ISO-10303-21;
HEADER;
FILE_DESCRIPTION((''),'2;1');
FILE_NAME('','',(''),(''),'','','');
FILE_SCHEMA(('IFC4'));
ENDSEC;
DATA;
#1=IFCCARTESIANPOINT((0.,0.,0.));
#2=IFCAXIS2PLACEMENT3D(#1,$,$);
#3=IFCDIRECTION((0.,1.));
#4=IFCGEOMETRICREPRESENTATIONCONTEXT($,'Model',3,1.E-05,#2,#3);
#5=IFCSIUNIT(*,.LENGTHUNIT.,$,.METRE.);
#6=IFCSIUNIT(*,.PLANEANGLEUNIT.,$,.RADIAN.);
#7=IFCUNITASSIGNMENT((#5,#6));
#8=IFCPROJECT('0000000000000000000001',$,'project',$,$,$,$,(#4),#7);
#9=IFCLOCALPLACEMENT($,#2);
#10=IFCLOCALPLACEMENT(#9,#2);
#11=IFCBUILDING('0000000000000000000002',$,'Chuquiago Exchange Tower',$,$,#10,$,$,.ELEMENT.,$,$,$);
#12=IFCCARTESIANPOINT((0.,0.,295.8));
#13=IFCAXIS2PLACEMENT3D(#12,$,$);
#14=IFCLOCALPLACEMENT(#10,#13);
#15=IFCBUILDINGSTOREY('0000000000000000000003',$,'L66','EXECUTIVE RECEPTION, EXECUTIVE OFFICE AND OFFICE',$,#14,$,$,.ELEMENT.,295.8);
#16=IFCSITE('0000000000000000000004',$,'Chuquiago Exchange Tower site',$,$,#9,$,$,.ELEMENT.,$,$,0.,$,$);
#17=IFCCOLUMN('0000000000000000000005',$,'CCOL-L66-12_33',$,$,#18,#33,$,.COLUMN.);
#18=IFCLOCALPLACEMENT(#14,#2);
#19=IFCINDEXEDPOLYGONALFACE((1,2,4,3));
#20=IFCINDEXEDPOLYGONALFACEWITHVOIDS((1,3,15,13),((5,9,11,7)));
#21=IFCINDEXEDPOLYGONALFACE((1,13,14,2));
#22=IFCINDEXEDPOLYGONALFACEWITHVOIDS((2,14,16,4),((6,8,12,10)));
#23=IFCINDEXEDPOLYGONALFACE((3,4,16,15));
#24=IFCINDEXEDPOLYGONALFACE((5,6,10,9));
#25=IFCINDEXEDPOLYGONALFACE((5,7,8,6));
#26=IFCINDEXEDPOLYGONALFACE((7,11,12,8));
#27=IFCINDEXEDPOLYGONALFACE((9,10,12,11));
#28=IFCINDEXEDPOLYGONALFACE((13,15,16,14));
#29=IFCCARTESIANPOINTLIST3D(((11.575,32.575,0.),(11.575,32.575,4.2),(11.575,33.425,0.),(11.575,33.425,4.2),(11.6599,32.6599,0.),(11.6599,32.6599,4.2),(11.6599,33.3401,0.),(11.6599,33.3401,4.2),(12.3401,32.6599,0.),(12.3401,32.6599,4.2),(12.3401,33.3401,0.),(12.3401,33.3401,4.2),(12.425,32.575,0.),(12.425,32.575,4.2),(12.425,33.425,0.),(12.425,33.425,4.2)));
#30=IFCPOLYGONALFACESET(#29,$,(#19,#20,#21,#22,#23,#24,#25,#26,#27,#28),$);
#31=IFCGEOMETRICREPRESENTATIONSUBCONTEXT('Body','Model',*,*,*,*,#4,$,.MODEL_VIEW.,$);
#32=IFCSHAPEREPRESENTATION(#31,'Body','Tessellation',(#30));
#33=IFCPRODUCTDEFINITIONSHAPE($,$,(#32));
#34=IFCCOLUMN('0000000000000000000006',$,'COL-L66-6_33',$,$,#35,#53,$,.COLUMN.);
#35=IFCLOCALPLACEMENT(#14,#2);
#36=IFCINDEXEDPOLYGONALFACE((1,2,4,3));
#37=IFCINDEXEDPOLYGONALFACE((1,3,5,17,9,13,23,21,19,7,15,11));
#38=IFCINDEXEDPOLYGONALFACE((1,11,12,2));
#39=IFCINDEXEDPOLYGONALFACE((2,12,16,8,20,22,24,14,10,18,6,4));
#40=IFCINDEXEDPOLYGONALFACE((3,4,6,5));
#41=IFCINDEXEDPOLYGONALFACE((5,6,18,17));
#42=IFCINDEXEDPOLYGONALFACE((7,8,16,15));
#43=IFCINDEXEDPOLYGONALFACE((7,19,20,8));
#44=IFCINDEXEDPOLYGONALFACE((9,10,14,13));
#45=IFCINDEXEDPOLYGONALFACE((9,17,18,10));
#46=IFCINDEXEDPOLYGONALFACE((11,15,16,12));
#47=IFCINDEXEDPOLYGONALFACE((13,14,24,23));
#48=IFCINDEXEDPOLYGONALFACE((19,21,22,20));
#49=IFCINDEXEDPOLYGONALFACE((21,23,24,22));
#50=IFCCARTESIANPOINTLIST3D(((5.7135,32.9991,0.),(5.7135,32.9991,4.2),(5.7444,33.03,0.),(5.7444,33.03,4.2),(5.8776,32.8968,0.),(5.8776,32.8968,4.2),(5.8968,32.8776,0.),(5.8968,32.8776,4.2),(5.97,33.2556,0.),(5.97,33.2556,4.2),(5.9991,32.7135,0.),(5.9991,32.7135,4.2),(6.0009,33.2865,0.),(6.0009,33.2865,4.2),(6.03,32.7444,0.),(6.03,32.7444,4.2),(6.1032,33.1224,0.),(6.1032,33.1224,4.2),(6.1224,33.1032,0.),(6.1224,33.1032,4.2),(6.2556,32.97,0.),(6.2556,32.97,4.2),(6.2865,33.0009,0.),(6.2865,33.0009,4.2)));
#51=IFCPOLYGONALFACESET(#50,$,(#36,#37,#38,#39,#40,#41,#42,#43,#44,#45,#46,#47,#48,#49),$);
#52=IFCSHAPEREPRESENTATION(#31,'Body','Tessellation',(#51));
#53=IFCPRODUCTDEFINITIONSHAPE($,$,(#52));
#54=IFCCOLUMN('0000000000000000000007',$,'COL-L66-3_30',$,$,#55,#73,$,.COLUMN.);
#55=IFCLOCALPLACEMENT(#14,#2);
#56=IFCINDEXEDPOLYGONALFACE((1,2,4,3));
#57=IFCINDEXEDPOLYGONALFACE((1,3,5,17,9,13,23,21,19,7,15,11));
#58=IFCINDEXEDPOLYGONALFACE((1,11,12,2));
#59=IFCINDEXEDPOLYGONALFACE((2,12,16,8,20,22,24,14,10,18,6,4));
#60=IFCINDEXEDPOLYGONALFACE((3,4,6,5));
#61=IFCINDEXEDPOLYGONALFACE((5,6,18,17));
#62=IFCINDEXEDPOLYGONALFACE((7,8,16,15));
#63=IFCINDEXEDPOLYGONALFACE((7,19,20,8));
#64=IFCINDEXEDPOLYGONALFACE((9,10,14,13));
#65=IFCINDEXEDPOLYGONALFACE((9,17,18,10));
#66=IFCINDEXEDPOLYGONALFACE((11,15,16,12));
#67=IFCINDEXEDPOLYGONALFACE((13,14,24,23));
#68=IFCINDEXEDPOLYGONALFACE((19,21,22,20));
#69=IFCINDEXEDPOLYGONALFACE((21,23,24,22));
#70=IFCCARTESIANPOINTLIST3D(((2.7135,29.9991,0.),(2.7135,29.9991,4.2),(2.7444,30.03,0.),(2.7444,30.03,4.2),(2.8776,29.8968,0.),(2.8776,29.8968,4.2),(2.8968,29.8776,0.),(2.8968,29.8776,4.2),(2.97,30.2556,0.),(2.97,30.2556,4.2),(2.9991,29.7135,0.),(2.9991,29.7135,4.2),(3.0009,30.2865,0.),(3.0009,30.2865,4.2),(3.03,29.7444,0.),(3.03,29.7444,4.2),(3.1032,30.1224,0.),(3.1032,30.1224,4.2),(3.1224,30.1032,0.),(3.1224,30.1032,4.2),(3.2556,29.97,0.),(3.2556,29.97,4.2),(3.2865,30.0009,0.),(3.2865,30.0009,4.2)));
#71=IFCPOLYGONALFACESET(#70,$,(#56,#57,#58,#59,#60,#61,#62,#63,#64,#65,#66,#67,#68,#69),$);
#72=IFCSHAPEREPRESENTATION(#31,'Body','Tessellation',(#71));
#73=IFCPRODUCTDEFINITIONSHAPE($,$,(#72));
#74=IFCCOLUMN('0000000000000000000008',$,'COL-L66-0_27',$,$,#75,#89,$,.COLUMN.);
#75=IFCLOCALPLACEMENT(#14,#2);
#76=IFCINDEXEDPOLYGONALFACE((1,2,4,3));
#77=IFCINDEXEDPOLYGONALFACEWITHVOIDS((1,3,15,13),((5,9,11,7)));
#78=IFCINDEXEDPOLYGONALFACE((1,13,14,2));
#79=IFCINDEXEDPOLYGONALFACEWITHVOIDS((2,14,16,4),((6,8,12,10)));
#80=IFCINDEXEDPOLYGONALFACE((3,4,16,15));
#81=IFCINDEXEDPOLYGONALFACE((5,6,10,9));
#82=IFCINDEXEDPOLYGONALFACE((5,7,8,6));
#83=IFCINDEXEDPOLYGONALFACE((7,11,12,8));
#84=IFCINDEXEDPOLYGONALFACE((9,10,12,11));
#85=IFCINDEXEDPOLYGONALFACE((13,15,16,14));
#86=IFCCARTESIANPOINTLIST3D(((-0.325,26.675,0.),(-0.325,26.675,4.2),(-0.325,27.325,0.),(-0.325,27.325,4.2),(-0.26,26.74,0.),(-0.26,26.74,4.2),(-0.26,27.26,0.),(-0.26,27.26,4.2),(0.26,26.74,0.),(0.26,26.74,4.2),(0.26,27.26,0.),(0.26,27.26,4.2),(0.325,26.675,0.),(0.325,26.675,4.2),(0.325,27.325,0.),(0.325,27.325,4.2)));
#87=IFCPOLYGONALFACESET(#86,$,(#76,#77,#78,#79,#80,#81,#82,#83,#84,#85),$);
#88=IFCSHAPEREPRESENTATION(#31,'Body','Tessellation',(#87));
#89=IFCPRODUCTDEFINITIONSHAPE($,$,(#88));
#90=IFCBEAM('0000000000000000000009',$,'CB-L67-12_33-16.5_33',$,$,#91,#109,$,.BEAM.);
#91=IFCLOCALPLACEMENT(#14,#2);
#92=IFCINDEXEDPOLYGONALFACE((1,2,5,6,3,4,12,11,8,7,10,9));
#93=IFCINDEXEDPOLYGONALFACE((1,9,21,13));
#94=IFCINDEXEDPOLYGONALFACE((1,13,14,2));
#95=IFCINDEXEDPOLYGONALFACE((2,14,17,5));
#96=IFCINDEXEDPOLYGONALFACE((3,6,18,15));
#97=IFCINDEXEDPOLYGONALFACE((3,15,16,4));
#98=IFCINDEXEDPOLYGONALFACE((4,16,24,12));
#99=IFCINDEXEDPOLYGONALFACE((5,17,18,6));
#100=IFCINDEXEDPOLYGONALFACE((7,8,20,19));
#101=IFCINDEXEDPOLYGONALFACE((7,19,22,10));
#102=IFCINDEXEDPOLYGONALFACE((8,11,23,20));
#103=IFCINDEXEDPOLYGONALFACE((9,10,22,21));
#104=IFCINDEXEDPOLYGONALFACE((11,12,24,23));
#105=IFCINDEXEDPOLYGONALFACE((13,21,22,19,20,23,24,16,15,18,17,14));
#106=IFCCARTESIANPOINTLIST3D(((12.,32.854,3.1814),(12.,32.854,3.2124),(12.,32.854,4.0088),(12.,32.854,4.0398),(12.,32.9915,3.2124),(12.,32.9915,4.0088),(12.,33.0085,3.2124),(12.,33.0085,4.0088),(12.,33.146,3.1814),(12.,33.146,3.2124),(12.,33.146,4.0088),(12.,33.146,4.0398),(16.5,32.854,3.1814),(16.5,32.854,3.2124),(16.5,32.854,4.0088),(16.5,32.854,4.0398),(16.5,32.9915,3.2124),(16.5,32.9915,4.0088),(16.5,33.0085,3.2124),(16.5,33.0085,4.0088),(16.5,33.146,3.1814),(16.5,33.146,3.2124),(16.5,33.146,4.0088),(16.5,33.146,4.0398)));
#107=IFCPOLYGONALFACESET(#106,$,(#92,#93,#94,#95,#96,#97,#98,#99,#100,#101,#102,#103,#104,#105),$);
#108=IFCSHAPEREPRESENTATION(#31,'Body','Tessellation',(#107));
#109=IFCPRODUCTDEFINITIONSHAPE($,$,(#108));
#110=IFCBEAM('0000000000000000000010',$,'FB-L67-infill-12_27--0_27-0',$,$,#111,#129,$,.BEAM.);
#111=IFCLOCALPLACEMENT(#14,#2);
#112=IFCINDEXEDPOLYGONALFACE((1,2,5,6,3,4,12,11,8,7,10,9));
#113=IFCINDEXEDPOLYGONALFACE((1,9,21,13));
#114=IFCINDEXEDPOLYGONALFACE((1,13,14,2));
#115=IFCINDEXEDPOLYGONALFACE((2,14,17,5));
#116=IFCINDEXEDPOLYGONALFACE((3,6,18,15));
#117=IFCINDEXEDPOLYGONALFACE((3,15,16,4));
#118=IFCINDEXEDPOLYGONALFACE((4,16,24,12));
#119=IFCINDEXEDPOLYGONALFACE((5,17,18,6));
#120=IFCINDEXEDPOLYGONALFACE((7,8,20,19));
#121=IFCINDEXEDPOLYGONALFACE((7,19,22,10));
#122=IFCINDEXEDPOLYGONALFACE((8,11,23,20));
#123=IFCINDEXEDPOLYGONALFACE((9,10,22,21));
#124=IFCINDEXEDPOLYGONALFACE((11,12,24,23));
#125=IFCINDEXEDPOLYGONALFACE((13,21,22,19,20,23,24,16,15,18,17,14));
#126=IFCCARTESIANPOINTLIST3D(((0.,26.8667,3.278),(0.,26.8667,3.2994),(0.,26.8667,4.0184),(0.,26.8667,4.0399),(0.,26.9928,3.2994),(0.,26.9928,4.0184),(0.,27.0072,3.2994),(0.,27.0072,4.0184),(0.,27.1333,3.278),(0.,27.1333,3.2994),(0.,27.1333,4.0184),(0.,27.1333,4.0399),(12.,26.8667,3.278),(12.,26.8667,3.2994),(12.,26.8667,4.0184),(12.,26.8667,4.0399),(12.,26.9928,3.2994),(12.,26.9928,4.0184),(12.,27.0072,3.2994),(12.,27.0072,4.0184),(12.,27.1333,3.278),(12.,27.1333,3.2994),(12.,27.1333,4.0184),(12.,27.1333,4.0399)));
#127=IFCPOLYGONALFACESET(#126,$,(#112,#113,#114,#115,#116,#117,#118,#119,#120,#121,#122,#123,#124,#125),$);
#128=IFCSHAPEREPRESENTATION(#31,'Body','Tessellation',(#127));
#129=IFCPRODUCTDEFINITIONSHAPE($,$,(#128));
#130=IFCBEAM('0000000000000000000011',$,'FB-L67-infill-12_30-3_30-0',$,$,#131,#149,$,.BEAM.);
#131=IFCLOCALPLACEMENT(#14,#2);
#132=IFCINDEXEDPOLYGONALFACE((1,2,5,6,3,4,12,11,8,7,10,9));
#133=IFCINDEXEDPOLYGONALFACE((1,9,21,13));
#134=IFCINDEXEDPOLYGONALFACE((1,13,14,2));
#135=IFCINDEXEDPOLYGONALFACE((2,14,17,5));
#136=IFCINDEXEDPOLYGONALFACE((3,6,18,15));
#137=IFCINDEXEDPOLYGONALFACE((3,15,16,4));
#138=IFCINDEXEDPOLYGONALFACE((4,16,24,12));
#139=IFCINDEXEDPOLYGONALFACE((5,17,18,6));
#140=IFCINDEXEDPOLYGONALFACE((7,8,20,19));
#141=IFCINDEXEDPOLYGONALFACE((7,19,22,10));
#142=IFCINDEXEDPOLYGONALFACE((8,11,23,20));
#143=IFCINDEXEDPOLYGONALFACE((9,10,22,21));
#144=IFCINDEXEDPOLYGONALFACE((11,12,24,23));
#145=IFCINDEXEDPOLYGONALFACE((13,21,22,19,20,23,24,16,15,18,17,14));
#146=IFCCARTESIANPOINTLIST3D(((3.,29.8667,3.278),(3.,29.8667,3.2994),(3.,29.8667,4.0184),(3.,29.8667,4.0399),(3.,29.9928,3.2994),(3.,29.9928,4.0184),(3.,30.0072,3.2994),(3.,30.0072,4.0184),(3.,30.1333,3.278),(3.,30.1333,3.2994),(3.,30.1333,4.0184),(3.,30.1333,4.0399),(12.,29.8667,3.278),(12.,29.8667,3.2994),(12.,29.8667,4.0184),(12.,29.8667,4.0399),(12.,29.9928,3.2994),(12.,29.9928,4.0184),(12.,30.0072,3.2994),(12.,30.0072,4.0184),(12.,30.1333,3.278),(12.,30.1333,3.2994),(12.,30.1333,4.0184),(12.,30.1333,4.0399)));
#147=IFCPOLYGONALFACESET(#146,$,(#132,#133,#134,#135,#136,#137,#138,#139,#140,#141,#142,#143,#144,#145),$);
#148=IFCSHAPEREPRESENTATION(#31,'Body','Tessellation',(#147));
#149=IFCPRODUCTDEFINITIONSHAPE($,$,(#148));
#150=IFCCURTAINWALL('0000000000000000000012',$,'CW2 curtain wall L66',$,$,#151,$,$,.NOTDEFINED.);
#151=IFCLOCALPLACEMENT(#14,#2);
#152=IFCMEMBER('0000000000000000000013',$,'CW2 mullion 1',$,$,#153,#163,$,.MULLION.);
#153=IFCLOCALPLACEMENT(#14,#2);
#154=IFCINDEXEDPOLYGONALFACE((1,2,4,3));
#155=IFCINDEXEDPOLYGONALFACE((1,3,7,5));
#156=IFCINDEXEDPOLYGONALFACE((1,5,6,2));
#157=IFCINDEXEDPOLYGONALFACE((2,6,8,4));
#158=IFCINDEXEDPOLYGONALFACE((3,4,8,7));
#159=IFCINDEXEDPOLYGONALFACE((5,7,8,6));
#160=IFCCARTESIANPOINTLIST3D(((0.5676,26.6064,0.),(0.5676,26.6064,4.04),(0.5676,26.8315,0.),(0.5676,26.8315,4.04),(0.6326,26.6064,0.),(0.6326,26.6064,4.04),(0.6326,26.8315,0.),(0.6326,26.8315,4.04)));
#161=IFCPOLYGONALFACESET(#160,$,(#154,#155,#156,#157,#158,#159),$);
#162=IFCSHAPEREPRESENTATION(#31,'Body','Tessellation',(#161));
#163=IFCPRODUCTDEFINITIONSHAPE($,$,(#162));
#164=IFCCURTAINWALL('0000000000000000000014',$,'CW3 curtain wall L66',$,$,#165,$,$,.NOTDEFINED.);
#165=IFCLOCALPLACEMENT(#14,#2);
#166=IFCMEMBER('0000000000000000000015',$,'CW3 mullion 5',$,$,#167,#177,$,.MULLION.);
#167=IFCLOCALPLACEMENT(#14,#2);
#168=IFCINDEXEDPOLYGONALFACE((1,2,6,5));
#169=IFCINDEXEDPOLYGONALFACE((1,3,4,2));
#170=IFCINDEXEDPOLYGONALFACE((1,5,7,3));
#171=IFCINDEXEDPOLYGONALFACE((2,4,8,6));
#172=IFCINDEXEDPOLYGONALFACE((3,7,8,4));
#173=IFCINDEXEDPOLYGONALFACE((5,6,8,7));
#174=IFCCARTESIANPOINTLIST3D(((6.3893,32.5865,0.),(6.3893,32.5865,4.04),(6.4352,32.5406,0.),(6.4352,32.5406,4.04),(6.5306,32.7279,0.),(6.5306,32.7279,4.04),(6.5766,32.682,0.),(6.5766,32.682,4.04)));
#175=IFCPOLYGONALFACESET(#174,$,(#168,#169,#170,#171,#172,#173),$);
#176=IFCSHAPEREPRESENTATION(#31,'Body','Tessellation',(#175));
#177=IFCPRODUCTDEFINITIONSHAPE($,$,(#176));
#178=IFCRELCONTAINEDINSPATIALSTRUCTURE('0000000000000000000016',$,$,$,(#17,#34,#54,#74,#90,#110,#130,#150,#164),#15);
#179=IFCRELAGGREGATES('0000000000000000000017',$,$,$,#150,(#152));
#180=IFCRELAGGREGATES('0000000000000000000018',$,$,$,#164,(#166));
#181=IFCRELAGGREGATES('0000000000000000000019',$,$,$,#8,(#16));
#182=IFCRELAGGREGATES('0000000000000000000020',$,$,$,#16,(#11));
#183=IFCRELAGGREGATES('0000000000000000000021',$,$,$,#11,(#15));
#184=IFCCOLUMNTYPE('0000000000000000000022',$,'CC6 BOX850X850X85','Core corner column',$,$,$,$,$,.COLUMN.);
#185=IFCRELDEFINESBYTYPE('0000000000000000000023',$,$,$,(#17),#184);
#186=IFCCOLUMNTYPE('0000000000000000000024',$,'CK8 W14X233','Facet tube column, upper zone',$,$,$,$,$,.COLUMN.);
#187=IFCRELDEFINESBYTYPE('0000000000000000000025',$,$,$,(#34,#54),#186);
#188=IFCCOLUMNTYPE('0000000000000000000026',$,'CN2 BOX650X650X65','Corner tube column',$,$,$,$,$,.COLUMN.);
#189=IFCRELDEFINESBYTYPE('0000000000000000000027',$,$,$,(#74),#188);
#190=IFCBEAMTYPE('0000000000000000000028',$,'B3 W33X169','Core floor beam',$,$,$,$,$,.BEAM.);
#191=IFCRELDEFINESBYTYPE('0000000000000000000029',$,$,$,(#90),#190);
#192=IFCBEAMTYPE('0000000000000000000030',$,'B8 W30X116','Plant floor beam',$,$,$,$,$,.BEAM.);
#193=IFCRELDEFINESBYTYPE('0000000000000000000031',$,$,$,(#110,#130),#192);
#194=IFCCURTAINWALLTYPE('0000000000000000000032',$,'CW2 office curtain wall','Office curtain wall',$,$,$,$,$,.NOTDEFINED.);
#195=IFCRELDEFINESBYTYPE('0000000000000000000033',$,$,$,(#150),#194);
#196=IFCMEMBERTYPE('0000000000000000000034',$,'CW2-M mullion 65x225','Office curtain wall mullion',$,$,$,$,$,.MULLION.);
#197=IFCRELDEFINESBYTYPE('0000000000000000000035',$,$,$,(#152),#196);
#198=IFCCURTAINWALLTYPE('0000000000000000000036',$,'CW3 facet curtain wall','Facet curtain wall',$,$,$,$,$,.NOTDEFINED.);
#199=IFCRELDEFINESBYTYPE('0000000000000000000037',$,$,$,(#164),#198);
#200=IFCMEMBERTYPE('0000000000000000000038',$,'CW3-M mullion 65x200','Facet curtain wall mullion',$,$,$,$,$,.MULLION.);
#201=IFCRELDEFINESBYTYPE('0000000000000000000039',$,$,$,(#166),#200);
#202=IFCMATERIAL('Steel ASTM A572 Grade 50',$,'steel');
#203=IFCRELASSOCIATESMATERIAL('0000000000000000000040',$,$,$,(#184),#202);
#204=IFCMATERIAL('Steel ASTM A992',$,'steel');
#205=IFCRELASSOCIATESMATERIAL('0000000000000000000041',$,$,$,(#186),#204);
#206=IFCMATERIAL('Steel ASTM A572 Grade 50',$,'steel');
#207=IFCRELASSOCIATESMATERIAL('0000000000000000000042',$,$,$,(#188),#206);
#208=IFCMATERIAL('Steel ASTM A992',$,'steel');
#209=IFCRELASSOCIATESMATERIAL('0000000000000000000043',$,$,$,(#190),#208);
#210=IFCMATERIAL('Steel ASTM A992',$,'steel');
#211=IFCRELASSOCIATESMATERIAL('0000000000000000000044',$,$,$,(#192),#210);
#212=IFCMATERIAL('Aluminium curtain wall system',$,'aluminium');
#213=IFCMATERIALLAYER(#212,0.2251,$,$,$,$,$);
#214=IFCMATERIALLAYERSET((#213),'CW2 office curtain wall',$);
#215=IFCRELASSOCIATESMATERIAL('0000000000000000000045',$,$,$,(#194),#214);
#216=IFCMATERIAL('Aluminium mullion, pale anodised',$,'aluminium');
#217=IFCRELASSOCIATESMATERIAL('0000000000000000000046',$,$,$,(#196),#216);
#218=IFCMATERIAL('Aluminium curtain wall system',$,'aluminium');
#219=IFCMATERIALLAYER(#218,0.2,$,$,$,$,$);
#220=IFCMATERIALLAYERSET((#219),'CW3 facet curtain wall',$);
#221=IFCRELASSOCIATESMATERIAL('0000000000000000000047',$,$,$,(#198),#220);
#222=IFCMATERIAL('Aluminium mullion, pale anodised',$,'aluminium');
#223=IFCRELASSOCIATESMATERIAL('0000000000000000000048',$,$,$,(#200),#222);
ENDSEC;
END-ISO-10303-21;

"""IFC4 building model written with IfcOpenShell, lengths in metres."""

from ifc_helpers import new_model, si_unit, direction, frame, origin, origin_2d, place, context, subcontext, project, spatial, rectangle, hollow_rectangle, i_section, extrude, material, layer, layer_set, material_profile, profile_set, type_object, element, aggregate, save


model = new_model("IFC4")

# Units and contexts
model_context = context("Model", 3, precision=1e-05, world=origin(), true_north=direction((0.0, 1.0)))
body_context = subcontext(model_context, "Body", "Model", "MODEL_VIEW")
ifc_project = project(units=[si_unit("LENGTHUNIT", "METRE"), si_unit("PLANEANGLEUNIT", "RADIAN")], contexts=[model_context])

# Site, building, storey
site_placement = place(None, origin())
site = spatial("IfcSite", under=ifc_project, at=site_placement, Name="Chuquiago Exchange Tower site", CompositionType="ELEMENT", RefElevation=0.0)
building_placement = place(site_placement, origin())
building = spatial("IfcBuilding", under=site, at=building_placement, Name="Chuquiago Exchange Tower", CompositionType="ELEMENT")
storey_placement = place(building_placement, frame((0.0, 0.0, 295.8)))
storey = spatial("IfcBuildingStorey", under=building, at=storey_placement, Name="L66", Description="EXECUTIVE RECEPTION, EXECUTIVE OFFICE AND OFFICE", CompositionType="ELEMENT", Elevation=295.8)

# Columns
ifc_material_1 = material(Name="Steel ASTM A572 Grade 50", Category="steel")
ifc_material_profile_1 = material_profile(ifc_material_1, hollow_rectangle(XDim=0.8501, YDim=0.8501, WallThickness=0.085, at=origin_2d()), Name="BOX850X850X85")
ifc_profile_set_1 = profile_set([ifc_material_profile_1], Name="Steel ASTM A572 Grade 50")
column_type_1 = type_object("IfcColumnType", Name="CC6 BOX850X850X85", Description="Core corner column", PredefinedType="COLUMN", material=ifc_profile_set_1)
column_1_placement = place(storey_placement, frame((12.0, 33.0, 0.0), z_axis=(0.0, 0.0, 1.0), x_axis=(1.0, 0.0, 0.0)))
element("IfcColumn", 1, at=column_1_placement, inside=storey, type_object=column_type_1, Name="CCOL-L66-12_33", PredefinedType="COLUMN", context=body_context, shape_type="SweptSolid", body=[
    extrude(hollow_rectangle(XDim=0.8501, YDim=0.8501, WallThickness=0.085, at=origin_2d()), origin(), (0.0, 0.0, 1.0), 4.2),
])
ifc_material_2 = material(Name="Steel ASTM A992", Category="steel")
ifc_material_profile_2 = material_profile(ifc_material_2, i_section(OverallWidth=0.4038, OverallDepth=0.4065, WebThickness=0.0271, FlangeThickness=0.0437, at=origin_2d()), Name="W14X233")
ifc_profile_set_2 = profile_set([ifc_material_profile_2], Name="Steel ASTM A992")
column_type_2 = type_object("IfcColumnType", Name="CK8 W14X233", Description="Facet tube column, upper zone", PredefinedType="COLUMN", material=ifc_profile_set_2)
for number, where, z_axis, x_axis, name in (
    (2, (6.0, 33.0, 0.0), (0.0, 0.0, 1.0), (-0.707107, 0.707107, 0.0), "COL-L66-6_33"),
    (3, (3.0, 30.0, 0.0), (0.0, 0.0, 1.0), (-0.707107, 0.707107, 0.0), "COL-L66-3_30"),
):
    element("IfcColumn", number, at=place(storey_placement, frame(where, z_axis=z_axis, x_axis=x_axis)), inside=storey, type_object=column_type_2, Name=name, PredefinedType="COLUMN", context=body_context, shape_type="SweptSolid", body=[
        extrude(i_section(OverallWidth=0.4038, OverallDepth=0.4065, WebThickness=0.0271, FlangeThickness=0.0437, at=origin_2d()), origin(), (0.0, 0.0, 1.0), 4.2),
    ])
ifc_material_3 = material(Name="Steel ASTM A572 Grade 50", Category="steel")
ifc_material_profile_3 = material_profile(ifc_material_3, hollow_rectangle(XDim=0.6499, YDim=0.6499, WallThickness=0.0649, at=origin_2d()), Name="BOX650X650X65")
ifc_profile_set_3 = profile_set([ifc_material_profile_3], Name="Steel ASTM A572 Grade 50")
column_type_3 = type_object("IfcColumnType", Name="CN2 BOX650X650X65", Description="Corner tube column", PredefinedType="COLUMN", material=ifc_profile_set_3)
column_2_placement = place(storey_placement, frame((0.0, 27.0, 0.0), z_axis=(0.0, 0.0, 1.0), x_axis=(-1.0, 0.0, 0.0)))
element("IfcColumn", 4, at=column_2_placement, inside=storey, type_object=column_type_3, Name="COL-L66-0_27", PredefinedType="COLUMN", context=body_context, shape_type="SweptSolid", body=[
    extrude(hollow_rectangle(XDim=0.6499, YDim=0.6499, WallThickness=0.0649, at=origin_2d()), origin(), (0.0, 0.0, 1.0), 4.2),
])

# Beams
ifc_material_4 = material(Name="Steel ASTM A992", Category="steel")
ifc_material_profile_4 = material_profile(ifc_material_4, i_section(OverallWidth=0.292, OverallDepth=0.8584, WebThickness=0.0171, FlangeThickness=0.031, at=origin_2d()), Name="W33X169")
ifc_profile_set_4 = profile_set([ifc_material_profile_4], Name="Steel ASTM A992")
beam_type_1 = type_object("IfcBeamType", Name="B3 W33X169", Description="Core floor beam", PredefinedType="BEAM", material=ifc_profile_set_4)
beam_1_placement = place(storey_placement, frame((12.0, 33.0, 3.6106), z_axis=(1.0, 0.0, 0.0), x_axis=(0.0, 1.0, 0.0)))
element("IfcBeam", 5, at=beam_1_placement, inside=storey, type_object=beam_type_1, Name="CB-L67-12_33-16.5_33", PredefinedType="BEAM", context=body_context, shape_type="SweptSolid", body=[
    extrude(i_section(OverallWidth=0.292, OverallDepth=0.8584, WebThickness=0.0171, FlangeThickness=0.031, at=origin_2d()), origin(), (0.0, 0.0, 1.0), 4.5),
])
ifc_material_5 = material(Name="Steel ASTM A992", Category="steel")
ifc_material_profile_5 = material_profile(ifc_material_5, i_section(OverallWidth=0.2666, OverallDepth=0.762, WebThickness=0.0144, FlangeThickness=0.0215, at=origin_2d()), Name="W30X116")
ifc_profile_set_5 = profile_set([ifc_material_profile_5], Name="Steel ASTM A992")
beam_type_2 = type_object("IfcBeamType", Name="B8 W30X116", Description="Plant floor beam", PredefinedType="BEAM", material=ifc_profile_set_5)
beam_2_placement = place(storey_placement, frame((12.0, 27.0, 3.6589), z_axis=(-1.0, 0.0, 0.0), x_axis=(0.0, -1.0, 0.0)))
element("IfcBeam", 6, at=beam_2_placement, inside=storey, type_object=beam_type_2, Name="FB-L67-infill-12_27--0_27-0", PredefinedType="BEAM", context=body_context, shape_type="SweptSolid", body=[
    extrude(i_section(OverallWidth=0.2666, OverallDepth=0.762, WebThickness=0.0144, FlangeThickness=0.0215, at=origin_2d()), origin(), (0.0, 0.0, 1.0), 12.0),
])
beam_3_placement = place(storey_placement, frame((12.0, 30.0, 3.6589), z_axis=(-1.0, 0.0, 0.0), x_axis=(0.0, -1.0, 0.0)))
element("IfcBeam", 7, at=beam_3_placement, inside=storey, type_object=beam_type_2, Name="FB-L67-infill-12_30-3_30-0", PredefinedType="BEAM", context=body_context, shape_type="SweptSolid", body=[
    extrude(i_section(OverallWidth=0.2666, OverallDepth=0.762, WebThickness=0.0144, FlangeThickness=0.0215, at=origin_2d()), origin(), (0.0, 0.0, 1.0), 9.0),
])

# Curtain wall, member
ifc_material_6 = material(Name="Aluminium curtain wall system", Category="aluminium")
ifc_layer_1 = layer(ifc_material_6, 0.2251)
ifc_layer_set_1 = layer_set([ifc_layer_1], Name="CW2 office curtain wall")
curtain_wall_type_1 = type_object("IfcCurtainWallType", Name="CW2 office curtain wall", Description="Office curtain wall", PredefinedType="NOTDEFINED", material=ifc_layer_set_1)
curtain_wall_1_placement = place(storey_placement, origin())
curtain_wall_1 = element("IfcCurtainWall", 8, at=curtain_wall_1_placement, inside=storey, type_object=curtain_wall_type_1, Name="CW2 curtain wall L66", PredefinedType="NOTDEFINED")
ifc_material_7 = material(Name="Aluminium mullion, pale anodised", Category="aluminium")
ifc_material_profile_6 = material_profile(ifc_material_7, rectangle(XDim=0.0649, YDim=0.2251, at=origin_2d()), Name="AL 65x225")
ifc_profile_set_6 = profile_set([ifc_material_profile_6], Name="Aluminium mullion, pale anodised")
member_type_1 = type_object("IfcMemberType", Name="CW2-M mullion 65x225", Description="Office curtain wall mullion", PredefinedType="MULLION", material=ifc_profile_set_6)
member_1_placement = place(storey_placement, frame((0.6001, 26.719, 0.0), z_axis=(0.0, 0.0, 1.0), x_axis=(1.0, 0.0, 0.0)))
member_1 = element("IfcMember", 9, at=member_1_placement, type_object=member_type_1, Name="CW2 mullion 1", PredefinedType="MULLION", context=body_context, shape_type="SweptSolid", body=[
    extrude(rectangle(XDim=0.0649, YDim=0.2251, at=origin_2d()), origin(), (0.0, 0.0, 1.0), 4.04),
])
aggregate(curtain_wall_1, [member_1])

# Curtain wall, member
ifc_material_8 = material(Name="Aluminium curtain wall system", Category="aluminium")
ifc_layer_2 = layer(ifc_material_8, 0.2)
ifc_layer_set_2 = layer_set([ifc_layer_2], Name="CW3 facet curtain wall")
curtain_wall_type_2 = type_object("IfcCurtainWallType", Name="CW3 facet curtain wall", Description="Facet curtain wall", PredefinedType="NOTDEFINED", material=ifc_layer_set_2)
curtain_wall_2_placement = place(storey_placement, origin())
curtain_wall_2 = element("IfcCurtainWall", 10, at=curtain_wall_2_placement, inside=storey, type_object=curtain_wall_type_2, Name="CW3 curtain wall L66", PredefinedType="NOTDEFINED")
ifc_material_9 = material(Name="Aluminium mullion, pale anodised", Category="aluminium")
ifc_material_profile_7 = material_profile(ifc_material_9, rectangle(XDim=0.0649, YDim=0.2, at=origin_2d()), Name="AL 65x200")
ifc_profile_set_7 = profile_set([ifc_material_profile_7], Name="Aluminium mullion, pale anodised")
member_type_2 = type_object("IfcMemberType", Name="CW3-M mullion 65x200", Description="Facet curtain wall mullion", PredefinedType="MULLION", material=ifc_profile_set_7)
member_2_placement = place(storey_placement, frame((6.4829, 32.6343, 0.0), z_axis=(0.0, 0.0, 1.0), x_axis=(0.707107, -0.707107, 0.0)))
member_2 = element("IfcMember", 11, at=member_2_placement, type_object=member_type_2, Name="CW3 mullion 5", PredefinedType="MULLION", context=body_context, shape_type="SweptSolid", body=[
    extrude(rectangle(XDim=0.0649, YDim=0.2, at=origin_2d()), origin(), (0.0, 0.0, 1.0), 4.04),
])

aggregate(curtain_wall_2, [member_2])

save(model, "model.ifc")
